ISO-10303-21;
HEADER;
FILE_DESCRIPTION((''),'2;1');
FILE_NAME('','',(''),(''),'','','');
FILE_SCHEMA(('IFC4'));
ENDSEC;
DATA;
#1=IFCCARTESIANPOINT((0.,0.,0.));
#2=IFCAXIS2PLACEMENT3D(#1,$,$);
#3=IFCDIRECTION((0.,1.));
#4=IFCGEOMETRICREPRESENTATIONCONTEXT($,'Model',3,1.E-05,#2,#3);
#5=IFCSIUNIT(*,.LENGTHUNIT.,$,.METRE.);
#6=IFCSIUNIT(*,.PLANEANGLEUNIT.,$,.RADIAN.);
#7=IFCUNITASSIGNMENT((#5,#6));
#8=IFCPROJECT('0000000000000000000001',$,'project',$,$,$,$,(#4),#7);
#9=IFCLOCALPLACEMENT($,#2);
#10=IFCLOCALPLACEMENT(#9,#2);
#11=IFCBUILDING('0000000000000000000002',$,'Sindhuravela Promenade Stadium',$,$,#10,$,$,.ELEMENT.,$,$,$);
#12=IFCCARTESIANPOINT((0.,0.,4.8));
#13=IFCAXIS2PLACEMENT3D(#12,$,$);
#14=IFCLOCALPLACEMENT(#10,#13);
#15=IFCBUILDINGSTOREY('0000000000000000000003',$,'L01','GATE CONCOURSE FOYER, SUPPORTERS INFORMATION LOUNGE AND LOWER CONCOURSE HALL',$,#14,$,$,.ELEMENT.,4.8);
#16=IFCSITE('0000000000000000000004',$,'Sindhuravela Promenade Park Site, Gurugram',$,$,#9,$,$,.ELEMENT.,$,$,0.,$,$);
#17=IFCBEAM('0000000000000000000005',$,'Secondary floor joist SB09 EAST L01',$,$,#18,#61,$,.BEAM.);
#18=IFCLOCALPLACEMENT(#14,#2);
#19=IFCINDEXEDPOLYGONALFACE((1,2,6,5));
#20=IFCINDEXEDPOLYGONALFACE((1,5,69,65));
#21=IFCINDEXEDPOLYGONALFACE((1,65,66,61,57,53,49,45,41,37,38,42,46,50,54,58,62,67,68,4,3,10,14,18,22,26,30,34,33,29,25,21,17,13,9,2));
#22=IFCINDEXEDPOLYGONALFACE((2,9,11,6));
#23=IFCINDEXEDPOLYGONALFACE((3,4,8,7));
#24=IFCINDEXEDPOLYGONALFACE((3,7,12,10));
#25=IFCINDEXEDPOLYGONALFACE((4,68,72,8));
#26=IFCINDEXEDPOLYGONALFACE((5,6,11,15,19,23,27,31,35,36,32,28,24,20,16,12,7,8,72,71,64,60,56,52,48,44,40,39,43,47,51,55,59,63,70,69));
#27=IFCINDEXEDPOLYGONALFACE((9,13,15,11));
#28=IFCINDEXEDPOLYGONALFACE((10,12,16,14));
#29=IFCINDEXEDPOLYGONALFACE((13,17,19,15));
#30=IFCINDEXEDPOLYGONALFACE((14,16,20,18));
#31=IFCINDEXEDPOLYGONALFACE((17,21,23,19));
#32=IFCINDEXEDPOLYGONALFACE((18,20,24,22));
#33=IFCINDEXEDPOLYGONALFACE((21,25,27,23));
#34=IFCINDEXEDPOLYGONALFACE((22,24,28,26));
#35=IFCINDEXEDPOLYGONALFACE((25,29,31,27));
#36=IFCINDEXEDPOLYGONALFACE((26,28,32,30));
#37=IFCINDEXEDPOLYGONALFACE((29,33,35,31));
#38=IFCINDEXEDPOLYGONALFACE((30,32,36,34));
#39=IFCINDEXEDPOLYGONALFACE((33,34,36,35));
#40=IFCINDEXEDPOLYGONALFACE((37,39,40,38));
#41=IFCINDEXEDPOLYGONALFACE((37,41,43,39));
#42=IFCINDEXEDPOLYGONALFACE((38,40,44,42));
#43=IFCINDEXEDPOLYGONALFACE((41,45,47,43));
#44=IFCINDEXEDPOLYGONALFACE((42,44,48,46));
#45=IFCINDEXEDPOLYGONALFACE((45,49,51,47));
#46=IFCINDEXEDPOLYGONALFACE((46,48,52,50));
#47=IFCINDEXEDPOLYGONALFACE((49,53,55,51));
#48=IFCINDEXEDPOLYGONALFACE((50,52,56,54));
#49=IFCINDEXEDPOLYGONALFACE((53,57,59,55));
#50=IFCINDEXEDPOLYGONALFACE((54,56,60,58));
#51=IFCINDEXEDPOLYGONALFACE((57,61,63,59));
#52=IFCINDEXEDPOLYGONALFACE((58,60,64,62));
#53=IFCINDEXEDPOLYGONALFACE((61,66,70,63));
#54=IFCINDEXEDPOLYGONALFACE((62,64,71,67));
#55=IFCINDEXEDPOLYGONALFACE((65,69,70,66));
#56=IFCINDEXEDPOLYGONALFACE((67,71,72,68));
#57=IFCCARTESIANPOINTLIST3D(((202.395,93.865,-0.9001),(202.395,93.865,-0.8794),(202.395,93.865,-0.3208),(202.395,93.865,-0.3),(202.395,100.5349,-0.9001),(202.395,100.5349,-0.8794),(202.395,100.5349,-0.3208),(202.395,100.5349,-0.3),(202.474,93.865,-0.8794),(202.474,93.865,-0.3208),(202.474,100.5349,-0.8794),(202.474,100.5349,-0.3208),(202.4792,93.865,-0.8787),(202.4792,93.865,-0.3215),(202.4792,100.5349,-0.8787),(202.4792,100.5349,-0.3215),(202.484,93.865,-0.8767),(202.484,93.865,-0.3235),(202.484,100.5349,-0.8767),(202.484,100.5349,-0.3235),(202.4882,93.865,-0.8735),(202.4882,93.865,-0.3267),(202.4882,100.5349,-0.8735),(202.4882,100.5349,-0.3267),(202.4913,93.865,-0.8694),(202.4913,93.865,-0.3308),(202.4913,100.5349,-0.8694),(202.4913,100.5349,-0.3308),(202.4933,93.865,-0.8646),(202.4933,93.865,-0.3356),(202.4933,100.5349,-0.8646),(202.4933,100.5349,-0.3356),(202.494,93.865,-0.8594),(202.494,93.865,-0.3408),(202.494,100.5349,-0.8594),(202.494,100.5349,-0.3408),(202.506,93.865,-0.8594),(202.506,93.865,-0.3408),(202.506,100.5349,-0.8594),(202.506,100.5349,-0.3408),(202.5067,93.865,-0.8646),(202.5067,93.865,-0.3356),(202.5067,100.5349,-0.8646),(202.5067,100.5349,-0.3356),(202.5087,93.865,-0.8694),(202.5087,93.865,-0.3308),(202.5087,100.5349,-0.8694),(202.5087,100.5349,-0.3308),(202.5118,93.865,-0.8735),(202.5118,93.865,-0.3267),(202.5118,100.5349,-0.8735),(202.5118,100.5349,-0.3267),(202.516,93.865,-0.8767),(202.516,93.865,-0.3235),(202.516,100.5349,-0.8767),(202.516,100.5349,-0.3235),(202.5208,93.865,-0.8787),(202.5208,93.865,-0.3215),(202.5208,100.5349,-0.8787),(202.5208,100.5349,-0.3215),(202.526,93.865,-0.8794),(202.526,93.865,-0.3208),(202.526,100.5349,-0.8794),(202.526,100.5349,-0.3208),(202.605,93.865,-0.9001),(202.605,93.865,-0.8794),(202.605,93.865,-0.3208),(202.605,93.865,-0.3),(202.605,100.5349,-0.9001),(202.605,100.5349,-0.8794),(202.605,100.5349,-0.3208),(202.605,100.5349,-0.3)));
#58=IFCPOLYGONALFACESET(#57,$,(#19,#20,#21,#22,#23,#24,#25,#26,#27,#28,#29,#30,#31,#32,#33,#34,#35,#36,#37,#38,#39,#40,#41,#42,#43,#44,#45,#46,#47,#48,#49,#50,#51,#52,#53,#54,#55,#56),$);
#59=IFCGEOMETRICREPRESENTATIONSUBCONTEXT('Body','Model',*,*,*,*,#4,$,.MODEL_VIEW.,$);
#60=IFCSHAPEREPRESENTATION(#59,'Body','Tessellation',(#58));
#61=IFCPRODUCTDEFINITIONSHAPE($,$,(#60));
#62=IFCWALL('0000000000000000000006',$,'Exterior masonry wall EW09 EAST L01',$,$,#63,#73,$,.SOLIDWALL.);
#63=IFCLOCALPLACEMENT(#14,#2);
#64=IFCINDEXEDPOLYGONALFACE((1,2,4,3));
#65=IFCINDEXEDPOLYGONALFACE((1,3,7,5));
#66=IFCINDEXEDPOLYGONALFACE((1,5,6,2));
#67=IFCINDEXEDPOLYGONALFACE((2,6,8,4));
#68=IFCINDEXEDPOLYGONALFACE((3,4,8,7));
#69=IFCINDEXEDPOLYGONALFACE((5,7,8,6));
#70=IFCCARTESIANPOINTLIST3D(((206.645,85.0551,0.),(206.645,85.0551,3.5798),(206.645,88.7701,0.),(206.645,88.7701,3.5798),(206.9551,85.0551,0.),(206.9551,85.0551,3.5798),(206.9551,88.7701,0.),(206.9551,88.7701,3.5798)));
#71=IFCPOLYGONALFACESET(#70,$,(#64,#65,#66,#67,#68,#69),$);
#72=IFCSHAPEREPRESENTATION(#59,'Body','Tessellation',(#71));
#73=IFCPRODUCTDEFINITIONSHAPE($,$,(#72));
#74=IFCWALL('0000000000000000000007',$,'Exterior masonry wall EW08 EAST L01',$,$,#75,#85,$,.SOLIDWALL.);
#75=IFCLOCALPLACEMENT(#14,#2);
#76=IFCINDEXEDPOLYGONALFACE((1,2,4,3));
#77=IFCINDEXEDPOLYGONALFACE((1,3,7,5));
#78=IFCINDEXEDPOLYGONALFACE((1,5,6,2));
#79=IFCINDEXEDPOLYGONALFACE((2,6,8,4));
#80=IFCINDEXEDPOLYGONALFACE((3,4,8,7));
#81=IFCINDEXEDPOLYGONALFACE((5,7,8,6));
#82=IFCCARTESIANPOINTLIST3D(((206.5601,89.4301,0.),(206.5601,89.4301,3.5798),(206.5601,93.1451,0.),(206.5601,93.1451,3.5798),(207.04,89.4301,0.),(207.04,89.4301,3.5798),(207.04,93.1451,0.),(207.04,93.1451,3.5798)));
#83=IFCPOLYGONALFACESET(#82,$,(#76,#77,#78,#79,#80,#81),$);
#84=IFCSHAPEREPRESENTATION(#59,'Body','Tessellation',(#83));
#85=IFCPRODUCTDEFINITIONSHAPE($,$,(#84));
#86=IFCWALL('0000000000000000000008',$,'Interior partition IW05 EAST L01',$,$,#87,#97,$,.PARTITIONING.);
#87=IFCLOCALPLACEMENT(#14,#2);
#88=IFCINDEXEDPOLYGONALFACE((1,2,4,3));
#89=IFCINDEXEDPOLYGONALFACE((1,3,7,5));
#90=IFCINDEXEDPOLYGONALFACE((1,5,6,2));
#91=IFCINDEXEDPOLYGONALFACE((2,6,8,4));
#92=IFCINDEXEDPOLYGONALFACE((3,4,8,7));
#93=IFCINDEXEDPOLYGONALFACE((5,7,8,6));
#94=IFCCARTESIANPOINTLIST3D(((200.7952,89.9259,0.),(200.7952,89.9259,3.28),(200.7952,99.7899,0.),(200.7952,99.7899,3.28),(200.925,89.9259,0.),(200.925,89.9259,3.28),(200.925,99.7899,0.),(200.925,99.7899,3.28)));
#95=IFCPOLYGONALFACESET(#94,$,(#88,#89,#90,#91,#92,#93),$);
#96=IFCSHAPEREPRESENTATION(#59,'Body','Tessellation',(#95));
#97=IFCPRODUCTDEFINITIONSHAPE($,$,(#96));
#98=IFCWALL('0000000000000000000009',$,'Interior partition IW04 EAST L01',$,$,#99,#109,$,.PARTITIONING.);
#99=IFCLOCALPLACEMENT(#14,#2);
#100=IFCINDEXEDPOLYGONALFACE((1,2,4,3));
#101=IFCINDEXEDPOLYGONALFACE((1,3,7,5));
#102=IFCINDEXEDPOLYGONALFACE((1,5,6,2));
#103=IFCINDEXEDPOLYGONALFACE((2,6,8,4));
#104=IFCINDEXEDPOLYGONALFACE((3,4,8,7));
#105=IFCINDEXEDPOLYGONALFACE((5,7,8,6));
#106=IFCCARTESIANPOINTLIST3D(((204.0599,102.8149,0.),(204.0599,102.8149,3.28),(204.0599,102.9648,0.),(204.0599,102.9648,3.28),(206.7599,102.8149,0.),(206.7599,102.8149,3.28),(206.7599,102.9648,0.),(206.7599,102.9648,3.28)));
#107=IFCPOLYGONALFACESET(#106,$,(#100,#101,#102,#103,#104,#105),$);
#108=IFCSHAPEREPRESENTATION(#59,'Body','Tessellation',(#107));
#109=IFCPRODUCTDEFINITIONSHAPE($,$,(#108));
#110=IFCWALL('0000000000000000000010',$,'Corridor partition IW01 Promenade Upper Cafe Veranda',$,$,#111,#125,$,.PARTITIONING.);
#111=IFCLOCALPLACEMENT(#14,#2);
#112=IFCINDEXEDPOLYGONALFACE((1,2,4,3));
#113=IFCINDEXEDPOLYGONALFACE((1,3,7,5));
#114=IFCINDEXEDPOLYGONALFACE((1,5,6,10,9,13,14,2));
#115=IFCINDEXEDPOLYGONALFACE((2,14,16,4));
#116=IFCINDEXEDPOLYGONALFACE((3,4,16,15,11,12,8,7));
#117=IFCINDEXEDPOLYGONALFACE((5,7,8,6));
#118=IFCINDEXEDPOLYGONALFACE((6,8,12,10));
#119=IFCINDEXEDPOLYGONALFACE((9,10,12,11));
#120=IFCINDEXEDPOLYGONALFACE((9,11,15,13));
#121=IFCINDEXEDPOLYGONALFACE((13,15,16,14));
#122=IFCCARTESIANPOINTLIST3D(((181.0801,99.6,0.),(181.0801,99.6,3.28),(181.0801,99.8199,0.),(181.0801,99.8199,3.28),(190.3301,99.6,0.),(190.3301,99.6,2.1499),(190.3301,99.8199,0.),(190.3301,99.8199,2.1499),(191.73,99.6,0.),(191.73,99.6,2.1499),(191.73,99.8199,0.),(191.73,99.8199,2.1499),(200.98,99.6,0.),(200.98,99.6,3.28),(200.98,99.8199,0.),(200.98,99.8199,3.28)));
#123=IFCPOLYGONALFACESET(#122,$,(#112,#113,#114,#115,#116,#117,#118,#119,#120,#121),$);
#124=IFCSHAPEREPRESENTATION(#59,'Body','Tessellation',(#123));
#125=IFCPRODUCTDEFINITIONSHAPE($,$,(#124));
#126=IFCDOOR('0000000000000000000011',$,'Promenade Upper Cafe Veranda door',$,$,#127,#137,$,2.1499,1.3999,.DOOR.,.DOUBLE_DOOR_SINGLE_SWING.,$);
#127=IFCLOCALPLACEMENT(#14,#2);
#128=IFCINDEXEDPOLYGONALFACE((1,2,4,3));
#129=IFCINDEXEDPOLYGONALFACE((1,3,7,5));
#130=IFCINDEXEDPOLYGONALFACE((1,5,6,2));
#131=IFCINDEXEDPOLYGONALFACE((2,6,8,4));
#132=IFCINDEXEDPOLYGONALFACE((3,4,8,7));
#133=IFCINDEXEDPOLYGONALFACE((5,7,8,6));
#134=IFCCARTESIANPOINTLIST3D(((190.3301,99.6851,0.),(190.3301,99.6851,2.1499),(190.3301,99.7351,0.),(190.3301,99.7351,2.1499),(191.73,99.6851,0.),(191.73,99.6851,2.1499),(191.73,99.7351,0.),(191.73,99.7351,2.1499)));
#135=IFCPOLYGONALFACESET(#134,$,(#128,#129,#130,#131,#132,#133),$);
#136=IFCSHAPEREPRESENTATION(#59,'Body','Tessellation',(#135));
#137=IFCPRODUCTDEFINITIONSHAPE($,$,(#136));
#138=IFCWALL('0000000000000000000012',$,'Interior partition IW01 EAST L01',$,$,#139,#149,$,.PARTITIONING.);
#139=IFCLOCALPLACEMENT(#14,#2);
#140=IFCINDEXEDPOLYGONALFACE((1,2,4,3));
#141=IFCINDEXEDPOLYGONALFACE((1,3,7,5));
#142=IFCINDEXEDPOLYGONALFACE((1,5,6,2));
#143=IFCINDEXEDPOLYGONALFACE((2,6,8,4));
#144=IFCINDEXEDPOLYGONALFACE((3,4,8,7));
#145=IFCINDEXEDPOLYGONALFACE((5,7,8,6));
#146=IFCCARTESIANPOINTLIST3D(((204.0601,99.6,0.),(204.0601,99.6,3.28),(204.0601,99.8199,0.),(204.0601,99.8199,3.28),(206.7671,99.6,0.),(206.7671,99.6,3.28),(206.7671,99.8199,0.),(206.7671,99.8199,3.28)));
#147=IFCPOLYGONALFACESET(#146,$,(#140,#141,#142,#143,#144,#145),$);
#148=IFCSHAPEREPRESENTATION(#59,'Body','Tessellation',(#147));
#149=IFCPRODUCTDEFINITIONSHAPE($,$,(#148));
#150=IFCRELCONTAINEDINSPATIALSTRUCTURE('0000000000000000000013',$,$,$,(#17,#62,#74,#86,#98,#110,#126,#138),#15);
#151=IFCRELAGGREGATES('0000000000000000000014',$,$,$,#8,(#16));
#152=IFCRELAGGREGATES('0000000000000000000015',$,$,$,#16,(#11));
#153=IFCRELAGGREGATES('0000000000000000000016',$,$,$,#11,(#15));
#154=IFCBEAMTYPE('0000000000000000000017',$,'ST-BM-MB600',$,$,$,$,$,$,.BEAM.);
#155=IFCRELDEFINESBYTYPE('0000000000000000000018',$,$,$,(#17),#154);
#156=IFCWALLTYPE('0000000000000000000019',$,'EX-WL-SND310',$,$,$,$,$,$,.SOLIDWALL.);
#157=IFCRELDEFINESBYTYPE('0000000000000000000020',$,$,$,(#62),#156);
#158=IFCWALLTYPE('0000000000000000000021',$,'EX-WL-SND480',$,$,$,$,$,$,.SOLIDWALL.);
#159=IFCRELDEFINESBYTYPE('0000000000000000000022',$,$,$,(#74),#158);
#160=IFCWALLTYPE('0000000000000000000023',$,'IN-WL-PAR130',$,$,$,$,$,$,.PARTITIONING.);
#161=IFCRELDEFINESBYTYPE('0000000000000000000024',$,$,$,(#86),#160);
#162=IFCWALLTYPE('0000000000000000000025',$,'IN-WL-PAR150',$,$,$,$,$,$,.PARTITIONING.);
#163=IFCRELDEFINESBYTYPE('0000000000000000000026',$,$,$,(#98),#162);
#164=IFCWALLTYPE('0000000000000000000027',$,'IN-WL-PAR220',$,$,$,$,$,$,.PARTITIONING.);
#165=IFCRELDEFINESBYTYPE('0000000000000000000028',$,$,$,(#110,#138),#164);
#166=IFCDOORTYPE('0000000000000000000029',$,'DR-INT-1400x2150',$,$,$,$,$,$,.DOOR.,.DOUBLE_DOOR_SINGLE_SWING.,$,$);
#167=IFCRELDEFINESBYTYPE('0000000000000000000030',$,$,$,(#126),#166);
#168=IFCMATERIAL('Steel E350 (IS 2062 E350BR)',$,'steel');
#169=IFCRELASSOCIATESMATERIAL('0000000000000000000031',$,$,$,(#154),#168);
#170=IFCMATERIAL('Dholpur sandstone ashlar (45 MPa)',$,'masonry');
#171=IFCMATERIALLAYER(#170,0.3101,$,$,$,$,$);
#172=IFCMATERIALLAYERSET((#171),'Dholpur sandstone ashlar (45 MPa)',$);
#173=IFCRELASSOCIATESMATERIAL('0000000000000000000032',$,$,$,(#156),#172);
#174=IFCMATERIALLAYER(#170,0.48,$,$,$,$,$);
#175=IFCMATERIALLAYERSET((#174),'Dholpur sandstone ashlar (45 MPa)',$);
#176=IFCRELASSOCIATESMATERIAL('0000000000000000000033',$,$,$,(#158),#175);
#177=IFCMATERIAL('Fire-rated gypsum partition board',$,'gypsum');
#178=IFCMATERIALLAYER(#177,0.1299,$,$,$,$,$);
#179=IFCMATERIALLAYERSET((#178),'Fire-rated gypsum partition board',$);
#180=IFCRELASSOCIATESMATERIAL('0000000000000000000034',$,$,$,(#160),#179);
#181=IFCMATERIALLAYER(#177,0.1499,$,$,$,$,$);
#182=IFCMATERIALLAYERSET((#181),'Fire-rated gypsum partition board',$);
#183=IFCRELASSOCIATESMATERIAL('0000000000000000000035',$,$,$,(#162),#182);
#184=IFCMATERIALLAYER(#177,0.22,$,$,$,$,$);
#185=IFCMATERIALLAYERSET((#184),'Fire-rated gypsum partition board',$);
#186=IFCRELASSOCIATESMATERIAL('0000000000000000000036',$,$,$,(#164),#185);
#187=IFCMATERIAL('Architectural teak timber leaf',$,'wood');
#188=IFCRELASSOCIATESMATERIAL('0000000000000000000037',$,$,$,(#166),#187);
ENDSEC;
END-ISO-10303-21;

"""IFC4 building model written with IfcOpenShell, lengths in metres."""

from ifc_helpers import new_model, si_unit, direction, frame, frame_2d, origin, origin_2d, place, context, subcontext, project, spatial, rectangle, i_section, extrude, material, layer, layer_set, material_profile, profile_set, type_object, element, fill, save


model = new_model("IFC4")

# Units and contexts
model_context = context("Model", 3, precision=1e-05, world=origin(), true_north=direction((0.0, 1.0)))
body_context = subcontext(model_context, "Body", "Model", "MODEL_VIEW")
ifc_project = project(units=[si_unit("LENGTHUNIT", "METRE"), si_unit("PLANEANGLEUNIT", "RADIAN")], contexts=[model_context])

# Site, building, storey
site_placement = place(None, origin())
site = spatial("IfcSite", under=ifc_project, at=site_placement, Name="Sindhuravela Promenade Park Site, Gurugram", CompositionType="ELEMENT", RefElevation=0.0)
building_placement = place(site_placement, origin())
building = spatial("IfcBuilding", under=site, at=building_placement, Name="Sindhuravela Promenade Stadium", CompositionType="ELEMENT")
storey_placement = place(building_placement, frame((0.0, 0.0, 4.8)))
storey = spatial("IfcBuildingStorey", under=building, at=storey_placement, Name="L01", Description="GATE CONCOURSE FOYER, SUPPORTERS INFORMATION LOUNGE AND LOWER CONCOURSE HALL", CompositionType="ELEMENT", Elevation=4.8)

# Beam
ifc_material_1 = material(Name="Steel E350 (IS 2062 E350BR)", Category="steel")
ifc_material_profile_1 = material_profile(ifc_material_1, i_section(OverallWidth=0.21, OverallDepth=0.6001, WebThickness=0.012, FlangeThickness=0.0208, FilletRadius=0.02, at=origin_2d()), Name="ISMB 600")
ifc_profile_set_1 = profile_set([ifc_material_profile_1], Name="Steel E350 (IS 2062 E350BR)")
beam_type_1 = type_object("IfcBeamType", Name="ST-BM-MB600", PredefinedType="BEAM", material=ifc_profile_set_1)
beam_1_placement = place(storey_placement, frame((202.5, 93.865, -0.6001), z_axis=(0.0, 1.0, 0.0), x_axis=(-1.0, 0.0, 0.0)))
element("IfcBeam", 1, at=beam_1_placement, inside=storey, type_object=beam_type_1, Name="Secondary floor joist SB09 EAST L01", PredefinedType="BEAM", context=body_context, shape_type="SweptSolid", body=[
    extrude(i_section(OverallWidth=0.21, OverallDepth=0.6001, WebThickness=0.012, FlangeThickness=0.0208, FilletRadius=0.02, at=origin_2d()), origin(), (0.0, 0.0, 1.0), 6.6699),
])

# Walls
ifc_material_2 = material(Name="Dholpur sandstone ashlar (45 MPa)", Category="masonry")
ifc_layer_1 = layer(ifc_material_2, 0.3101)
ifc_layer_set_1 = layer_set([ifc_layer_1], Name="Dholpur sandstone ashlar (45 MPa)")
wall_type_1 = type_object("IfcWallType", Name="EX-WL-SND310", PredefinedType="SOLIDWALL", material=ifc_layer_set_1)
wall_1_placement = place(storey_placement, frame((206.8, 88.77, 0.0), z_axis=(0.0, 0.0, 1.0), x_axis=(0.0, -1.0, 0.0)))
element("IfcWall", 2, at=wall_1_placement, inside=storey, type_object=wall_type_1, Name="Exterior masonry wall EW09 EAST L01", PredefinedType="SOLIDWALL", context=body_context, shape_type="SweptSolid", body=[
    extrude(rectangle(XDim=3.7151, YDim=0.3101, at=frame_2d((1.8574, 0.0))), origin(), (0.0, 0.0, 1.0), 3.5798),
])
ifc_layer_2 = layer(ifc_material_2, 0.48)
ifc_layer_set_2 = layer_set([ifc_layer_2], Name="Dholpur sandstone ashlar (45 MPa)")
wall_type_2 = type_object("IfcWallType", Name="EX-WL-SND480", PredefinedType="SOLIDWALL", material=ifc_layer_set_2)
wall_2_placement = place(storey_placement, frame((206.8, 93.145, 0.0), z_axis=(0.0, 0.0, 1.0), x_axis=(0.0, -1.0, 0.0)))
element("IfcWall", 3, at=wall_2_placement, inside=storey, type_object=wall_type_2, Name="Exterior masonry wall EW08 EAST L01", PredefinedType="SOLIDWALL", context=body_context, shape_type="SweptSolid", body=[
    extrude(rectangle(XDim=3.7151, YDim=0.48, at=frame_2d((1.8574, 0.0))), origin(), (0.0, 0.0, 1.0), 3.5798),
])
ifc_material_3 = material(Name="Fire-rated gypsum partition board", Category="gypsum")
ifc_layer_3 = layer(ifc_material_3, 0.1299)
ifc_layer_set_3 = layer_set([ifc_layer_3], Name="Fire-rated gypsum partition board")
wall_type_3 = type_object("IfcWallType", Name="IN-WL-PAR130", PredefinedType="PARTITIONING", material=ifc_layer_set_3)
wall_3_placement = place(storey_placement, frame((200.8601, 99.79, 0.0), z_axis=(0.0, 0.0, 1.0), x_axis=(0.0, -1.0, 0.0)))
element("IfcWall", 4, at=wall_3_placement, inside=storey, type_object=wall_type_3, Name="Interior partition IW05 EAST L01", PredefinedType="PARTITIONING", context=body_context, shape_type="SweptSolid", body=[
    extrude(rectangle(XDim=9.864, YDim=0.1299, at=frame_2d((4.9321, 0.0))), origin(), (0.0, 0.0, 1.0), 3.28),
])
ifc_layer_4 = layer(ifc_material_3, 0.1499)
ifc_layer_set_4 = layer_set([ifc_layer_4], Name="Fire-rated gypsum partition board")
wall_type_4 = type_object("IfcWallType", Name="IN-WL-PAR150", PredefinedType="PARTITIONING", material=ifc_layer_set_4)
wall_4_placement = place(storey_placement, frame((206.76, 102.8899, 0.0), z_axis=(0.0, 0.0, 1.0), x_axis=(-1.0, 0.0, 0.0)))
element("IfcWall", 5, at=wall_4_placement, inside=storey, type_object=wall_type_4, Name="Interior partition IW04 EAST L01", PredefinedType="PARTITIONING", context=body_context, shape_type="SweptSolid", body=[
    extrude(rectangle(XDim=2.7, YDim=0.1499, at=frame_2d((1.3501, 0.0))), origin(), (0.0, 0.0, 1.0), 3.28),
])

# Wall, opening, door
ifc_layer_5 = layer(ifc_material_3, 0.22)
ifc_layer_set_5 = layer_set([ifc_layer_5], Name="Fire-rated gypsum partition board")
wall_type_5 = type_object("IfcWallType", Name="IN-WL-PAR220", PredefinedType="PARTITIONING", material=ifc_layer_set_5)
wall_5_placement = place(storey_placement, frame((200.98, 99.71, 0.0), z_axis=(0.0, 0.0, 1.0), x_axis=(-1.0, 0.0, 0.0)))
wall_5 = element("IfcWall", 6, at=wall_5_placement, inside=storey, type_object=wall_type_5, Name="Corridor partition IW01 Promenade Upper Cafe Veranda", PredefinedType="PARTITIONING", context=body_context, shape_type="SweptSolid", body=[
    extrude(rectangle(XDim=19.8999, YDim=0.22, at=frame_2d((9.95, 0.0))), origin(), (0.0, 0.0, 1.0), 3.28),
])
opening_1_placement = place(wall_5_placement, frame((9.25, 0.0, 0.0)))
opening_1 = element("IfcOpeningElement", 7, at=opening_1_placement, cuts=wall_5, PredefinedType="OPENING", context=body_context, shape_type="SweptSolid", body=[
    extrude(rectangle(XDim=1.3999, YDim=2.1499, at=frame_2d((0.7, 1.075))), frame((0.0, 0.1199, 0.0), z_axis=(0.0, -1.0, 0.0), x_axis=(1.0, 0.0, 0.0)), (0.0, 0.0, 1.0), 0.24),
])
ifc_material_4 = material(Name="Architectural teak timber leaf", Category="wood")
door_type_1 = type_object("IfcDoorType", Name="DR-INT-1400x2150", OperationType="DOUBLE_DOOR_SINGLE_SWING", PredefinedType="DOOR", material=ifc_material_4)
door_1_placement = place(opening_1_placement, origin())
door_1 = element("IfcDoor", 8, at=door_1_placement, inside=storey, type_object=door_type_1, Name="Promenade Upper Cafe Veranda door", OperationType="DOUBLE_DOOR_SINGLE_SWING", OverallHeight=2.1499, OverallWidth=1.3999, PredefinedType="DOOR", context=body_context, shape_type="SweptSolid", body=[
    extrude(rectangle(XDim=1.3999, YDim=2.1499, at=frame_2d((0.7, 1.075))), frame((0.0, 0.0249, 0.0), z_axis=(0.0, -1.0, 0.0), x_axis=(1.0, 0.0, 0.0)), (0.0, 0.0, 1.0), 0.05),
])
fill(opening_1, door_1)

# Wall
wall_6_placement = place(storey_placement, frame((204.0601, 99.71, 0.0), z_axis=(0.0, 0.0, 1.0), x_axis=(1.0, 0.0, 0.0)))
element("IfcWall", 9, at=wall_6_placement, inside=storey, type_object=wall_type_5, Name="Interior partition IW01 EAST L01", PredefinedType="PARTITIONING", context=body_context, shape_type="SweptSolid", body=[
    extrude(rectangle(XDim=2.707, YDim=0.22, at=frame_2d((1.3535, 0.0))), origin(), (0.0, 0.0, 1.0), 3.28),
])

save(model, "model.ifc")
